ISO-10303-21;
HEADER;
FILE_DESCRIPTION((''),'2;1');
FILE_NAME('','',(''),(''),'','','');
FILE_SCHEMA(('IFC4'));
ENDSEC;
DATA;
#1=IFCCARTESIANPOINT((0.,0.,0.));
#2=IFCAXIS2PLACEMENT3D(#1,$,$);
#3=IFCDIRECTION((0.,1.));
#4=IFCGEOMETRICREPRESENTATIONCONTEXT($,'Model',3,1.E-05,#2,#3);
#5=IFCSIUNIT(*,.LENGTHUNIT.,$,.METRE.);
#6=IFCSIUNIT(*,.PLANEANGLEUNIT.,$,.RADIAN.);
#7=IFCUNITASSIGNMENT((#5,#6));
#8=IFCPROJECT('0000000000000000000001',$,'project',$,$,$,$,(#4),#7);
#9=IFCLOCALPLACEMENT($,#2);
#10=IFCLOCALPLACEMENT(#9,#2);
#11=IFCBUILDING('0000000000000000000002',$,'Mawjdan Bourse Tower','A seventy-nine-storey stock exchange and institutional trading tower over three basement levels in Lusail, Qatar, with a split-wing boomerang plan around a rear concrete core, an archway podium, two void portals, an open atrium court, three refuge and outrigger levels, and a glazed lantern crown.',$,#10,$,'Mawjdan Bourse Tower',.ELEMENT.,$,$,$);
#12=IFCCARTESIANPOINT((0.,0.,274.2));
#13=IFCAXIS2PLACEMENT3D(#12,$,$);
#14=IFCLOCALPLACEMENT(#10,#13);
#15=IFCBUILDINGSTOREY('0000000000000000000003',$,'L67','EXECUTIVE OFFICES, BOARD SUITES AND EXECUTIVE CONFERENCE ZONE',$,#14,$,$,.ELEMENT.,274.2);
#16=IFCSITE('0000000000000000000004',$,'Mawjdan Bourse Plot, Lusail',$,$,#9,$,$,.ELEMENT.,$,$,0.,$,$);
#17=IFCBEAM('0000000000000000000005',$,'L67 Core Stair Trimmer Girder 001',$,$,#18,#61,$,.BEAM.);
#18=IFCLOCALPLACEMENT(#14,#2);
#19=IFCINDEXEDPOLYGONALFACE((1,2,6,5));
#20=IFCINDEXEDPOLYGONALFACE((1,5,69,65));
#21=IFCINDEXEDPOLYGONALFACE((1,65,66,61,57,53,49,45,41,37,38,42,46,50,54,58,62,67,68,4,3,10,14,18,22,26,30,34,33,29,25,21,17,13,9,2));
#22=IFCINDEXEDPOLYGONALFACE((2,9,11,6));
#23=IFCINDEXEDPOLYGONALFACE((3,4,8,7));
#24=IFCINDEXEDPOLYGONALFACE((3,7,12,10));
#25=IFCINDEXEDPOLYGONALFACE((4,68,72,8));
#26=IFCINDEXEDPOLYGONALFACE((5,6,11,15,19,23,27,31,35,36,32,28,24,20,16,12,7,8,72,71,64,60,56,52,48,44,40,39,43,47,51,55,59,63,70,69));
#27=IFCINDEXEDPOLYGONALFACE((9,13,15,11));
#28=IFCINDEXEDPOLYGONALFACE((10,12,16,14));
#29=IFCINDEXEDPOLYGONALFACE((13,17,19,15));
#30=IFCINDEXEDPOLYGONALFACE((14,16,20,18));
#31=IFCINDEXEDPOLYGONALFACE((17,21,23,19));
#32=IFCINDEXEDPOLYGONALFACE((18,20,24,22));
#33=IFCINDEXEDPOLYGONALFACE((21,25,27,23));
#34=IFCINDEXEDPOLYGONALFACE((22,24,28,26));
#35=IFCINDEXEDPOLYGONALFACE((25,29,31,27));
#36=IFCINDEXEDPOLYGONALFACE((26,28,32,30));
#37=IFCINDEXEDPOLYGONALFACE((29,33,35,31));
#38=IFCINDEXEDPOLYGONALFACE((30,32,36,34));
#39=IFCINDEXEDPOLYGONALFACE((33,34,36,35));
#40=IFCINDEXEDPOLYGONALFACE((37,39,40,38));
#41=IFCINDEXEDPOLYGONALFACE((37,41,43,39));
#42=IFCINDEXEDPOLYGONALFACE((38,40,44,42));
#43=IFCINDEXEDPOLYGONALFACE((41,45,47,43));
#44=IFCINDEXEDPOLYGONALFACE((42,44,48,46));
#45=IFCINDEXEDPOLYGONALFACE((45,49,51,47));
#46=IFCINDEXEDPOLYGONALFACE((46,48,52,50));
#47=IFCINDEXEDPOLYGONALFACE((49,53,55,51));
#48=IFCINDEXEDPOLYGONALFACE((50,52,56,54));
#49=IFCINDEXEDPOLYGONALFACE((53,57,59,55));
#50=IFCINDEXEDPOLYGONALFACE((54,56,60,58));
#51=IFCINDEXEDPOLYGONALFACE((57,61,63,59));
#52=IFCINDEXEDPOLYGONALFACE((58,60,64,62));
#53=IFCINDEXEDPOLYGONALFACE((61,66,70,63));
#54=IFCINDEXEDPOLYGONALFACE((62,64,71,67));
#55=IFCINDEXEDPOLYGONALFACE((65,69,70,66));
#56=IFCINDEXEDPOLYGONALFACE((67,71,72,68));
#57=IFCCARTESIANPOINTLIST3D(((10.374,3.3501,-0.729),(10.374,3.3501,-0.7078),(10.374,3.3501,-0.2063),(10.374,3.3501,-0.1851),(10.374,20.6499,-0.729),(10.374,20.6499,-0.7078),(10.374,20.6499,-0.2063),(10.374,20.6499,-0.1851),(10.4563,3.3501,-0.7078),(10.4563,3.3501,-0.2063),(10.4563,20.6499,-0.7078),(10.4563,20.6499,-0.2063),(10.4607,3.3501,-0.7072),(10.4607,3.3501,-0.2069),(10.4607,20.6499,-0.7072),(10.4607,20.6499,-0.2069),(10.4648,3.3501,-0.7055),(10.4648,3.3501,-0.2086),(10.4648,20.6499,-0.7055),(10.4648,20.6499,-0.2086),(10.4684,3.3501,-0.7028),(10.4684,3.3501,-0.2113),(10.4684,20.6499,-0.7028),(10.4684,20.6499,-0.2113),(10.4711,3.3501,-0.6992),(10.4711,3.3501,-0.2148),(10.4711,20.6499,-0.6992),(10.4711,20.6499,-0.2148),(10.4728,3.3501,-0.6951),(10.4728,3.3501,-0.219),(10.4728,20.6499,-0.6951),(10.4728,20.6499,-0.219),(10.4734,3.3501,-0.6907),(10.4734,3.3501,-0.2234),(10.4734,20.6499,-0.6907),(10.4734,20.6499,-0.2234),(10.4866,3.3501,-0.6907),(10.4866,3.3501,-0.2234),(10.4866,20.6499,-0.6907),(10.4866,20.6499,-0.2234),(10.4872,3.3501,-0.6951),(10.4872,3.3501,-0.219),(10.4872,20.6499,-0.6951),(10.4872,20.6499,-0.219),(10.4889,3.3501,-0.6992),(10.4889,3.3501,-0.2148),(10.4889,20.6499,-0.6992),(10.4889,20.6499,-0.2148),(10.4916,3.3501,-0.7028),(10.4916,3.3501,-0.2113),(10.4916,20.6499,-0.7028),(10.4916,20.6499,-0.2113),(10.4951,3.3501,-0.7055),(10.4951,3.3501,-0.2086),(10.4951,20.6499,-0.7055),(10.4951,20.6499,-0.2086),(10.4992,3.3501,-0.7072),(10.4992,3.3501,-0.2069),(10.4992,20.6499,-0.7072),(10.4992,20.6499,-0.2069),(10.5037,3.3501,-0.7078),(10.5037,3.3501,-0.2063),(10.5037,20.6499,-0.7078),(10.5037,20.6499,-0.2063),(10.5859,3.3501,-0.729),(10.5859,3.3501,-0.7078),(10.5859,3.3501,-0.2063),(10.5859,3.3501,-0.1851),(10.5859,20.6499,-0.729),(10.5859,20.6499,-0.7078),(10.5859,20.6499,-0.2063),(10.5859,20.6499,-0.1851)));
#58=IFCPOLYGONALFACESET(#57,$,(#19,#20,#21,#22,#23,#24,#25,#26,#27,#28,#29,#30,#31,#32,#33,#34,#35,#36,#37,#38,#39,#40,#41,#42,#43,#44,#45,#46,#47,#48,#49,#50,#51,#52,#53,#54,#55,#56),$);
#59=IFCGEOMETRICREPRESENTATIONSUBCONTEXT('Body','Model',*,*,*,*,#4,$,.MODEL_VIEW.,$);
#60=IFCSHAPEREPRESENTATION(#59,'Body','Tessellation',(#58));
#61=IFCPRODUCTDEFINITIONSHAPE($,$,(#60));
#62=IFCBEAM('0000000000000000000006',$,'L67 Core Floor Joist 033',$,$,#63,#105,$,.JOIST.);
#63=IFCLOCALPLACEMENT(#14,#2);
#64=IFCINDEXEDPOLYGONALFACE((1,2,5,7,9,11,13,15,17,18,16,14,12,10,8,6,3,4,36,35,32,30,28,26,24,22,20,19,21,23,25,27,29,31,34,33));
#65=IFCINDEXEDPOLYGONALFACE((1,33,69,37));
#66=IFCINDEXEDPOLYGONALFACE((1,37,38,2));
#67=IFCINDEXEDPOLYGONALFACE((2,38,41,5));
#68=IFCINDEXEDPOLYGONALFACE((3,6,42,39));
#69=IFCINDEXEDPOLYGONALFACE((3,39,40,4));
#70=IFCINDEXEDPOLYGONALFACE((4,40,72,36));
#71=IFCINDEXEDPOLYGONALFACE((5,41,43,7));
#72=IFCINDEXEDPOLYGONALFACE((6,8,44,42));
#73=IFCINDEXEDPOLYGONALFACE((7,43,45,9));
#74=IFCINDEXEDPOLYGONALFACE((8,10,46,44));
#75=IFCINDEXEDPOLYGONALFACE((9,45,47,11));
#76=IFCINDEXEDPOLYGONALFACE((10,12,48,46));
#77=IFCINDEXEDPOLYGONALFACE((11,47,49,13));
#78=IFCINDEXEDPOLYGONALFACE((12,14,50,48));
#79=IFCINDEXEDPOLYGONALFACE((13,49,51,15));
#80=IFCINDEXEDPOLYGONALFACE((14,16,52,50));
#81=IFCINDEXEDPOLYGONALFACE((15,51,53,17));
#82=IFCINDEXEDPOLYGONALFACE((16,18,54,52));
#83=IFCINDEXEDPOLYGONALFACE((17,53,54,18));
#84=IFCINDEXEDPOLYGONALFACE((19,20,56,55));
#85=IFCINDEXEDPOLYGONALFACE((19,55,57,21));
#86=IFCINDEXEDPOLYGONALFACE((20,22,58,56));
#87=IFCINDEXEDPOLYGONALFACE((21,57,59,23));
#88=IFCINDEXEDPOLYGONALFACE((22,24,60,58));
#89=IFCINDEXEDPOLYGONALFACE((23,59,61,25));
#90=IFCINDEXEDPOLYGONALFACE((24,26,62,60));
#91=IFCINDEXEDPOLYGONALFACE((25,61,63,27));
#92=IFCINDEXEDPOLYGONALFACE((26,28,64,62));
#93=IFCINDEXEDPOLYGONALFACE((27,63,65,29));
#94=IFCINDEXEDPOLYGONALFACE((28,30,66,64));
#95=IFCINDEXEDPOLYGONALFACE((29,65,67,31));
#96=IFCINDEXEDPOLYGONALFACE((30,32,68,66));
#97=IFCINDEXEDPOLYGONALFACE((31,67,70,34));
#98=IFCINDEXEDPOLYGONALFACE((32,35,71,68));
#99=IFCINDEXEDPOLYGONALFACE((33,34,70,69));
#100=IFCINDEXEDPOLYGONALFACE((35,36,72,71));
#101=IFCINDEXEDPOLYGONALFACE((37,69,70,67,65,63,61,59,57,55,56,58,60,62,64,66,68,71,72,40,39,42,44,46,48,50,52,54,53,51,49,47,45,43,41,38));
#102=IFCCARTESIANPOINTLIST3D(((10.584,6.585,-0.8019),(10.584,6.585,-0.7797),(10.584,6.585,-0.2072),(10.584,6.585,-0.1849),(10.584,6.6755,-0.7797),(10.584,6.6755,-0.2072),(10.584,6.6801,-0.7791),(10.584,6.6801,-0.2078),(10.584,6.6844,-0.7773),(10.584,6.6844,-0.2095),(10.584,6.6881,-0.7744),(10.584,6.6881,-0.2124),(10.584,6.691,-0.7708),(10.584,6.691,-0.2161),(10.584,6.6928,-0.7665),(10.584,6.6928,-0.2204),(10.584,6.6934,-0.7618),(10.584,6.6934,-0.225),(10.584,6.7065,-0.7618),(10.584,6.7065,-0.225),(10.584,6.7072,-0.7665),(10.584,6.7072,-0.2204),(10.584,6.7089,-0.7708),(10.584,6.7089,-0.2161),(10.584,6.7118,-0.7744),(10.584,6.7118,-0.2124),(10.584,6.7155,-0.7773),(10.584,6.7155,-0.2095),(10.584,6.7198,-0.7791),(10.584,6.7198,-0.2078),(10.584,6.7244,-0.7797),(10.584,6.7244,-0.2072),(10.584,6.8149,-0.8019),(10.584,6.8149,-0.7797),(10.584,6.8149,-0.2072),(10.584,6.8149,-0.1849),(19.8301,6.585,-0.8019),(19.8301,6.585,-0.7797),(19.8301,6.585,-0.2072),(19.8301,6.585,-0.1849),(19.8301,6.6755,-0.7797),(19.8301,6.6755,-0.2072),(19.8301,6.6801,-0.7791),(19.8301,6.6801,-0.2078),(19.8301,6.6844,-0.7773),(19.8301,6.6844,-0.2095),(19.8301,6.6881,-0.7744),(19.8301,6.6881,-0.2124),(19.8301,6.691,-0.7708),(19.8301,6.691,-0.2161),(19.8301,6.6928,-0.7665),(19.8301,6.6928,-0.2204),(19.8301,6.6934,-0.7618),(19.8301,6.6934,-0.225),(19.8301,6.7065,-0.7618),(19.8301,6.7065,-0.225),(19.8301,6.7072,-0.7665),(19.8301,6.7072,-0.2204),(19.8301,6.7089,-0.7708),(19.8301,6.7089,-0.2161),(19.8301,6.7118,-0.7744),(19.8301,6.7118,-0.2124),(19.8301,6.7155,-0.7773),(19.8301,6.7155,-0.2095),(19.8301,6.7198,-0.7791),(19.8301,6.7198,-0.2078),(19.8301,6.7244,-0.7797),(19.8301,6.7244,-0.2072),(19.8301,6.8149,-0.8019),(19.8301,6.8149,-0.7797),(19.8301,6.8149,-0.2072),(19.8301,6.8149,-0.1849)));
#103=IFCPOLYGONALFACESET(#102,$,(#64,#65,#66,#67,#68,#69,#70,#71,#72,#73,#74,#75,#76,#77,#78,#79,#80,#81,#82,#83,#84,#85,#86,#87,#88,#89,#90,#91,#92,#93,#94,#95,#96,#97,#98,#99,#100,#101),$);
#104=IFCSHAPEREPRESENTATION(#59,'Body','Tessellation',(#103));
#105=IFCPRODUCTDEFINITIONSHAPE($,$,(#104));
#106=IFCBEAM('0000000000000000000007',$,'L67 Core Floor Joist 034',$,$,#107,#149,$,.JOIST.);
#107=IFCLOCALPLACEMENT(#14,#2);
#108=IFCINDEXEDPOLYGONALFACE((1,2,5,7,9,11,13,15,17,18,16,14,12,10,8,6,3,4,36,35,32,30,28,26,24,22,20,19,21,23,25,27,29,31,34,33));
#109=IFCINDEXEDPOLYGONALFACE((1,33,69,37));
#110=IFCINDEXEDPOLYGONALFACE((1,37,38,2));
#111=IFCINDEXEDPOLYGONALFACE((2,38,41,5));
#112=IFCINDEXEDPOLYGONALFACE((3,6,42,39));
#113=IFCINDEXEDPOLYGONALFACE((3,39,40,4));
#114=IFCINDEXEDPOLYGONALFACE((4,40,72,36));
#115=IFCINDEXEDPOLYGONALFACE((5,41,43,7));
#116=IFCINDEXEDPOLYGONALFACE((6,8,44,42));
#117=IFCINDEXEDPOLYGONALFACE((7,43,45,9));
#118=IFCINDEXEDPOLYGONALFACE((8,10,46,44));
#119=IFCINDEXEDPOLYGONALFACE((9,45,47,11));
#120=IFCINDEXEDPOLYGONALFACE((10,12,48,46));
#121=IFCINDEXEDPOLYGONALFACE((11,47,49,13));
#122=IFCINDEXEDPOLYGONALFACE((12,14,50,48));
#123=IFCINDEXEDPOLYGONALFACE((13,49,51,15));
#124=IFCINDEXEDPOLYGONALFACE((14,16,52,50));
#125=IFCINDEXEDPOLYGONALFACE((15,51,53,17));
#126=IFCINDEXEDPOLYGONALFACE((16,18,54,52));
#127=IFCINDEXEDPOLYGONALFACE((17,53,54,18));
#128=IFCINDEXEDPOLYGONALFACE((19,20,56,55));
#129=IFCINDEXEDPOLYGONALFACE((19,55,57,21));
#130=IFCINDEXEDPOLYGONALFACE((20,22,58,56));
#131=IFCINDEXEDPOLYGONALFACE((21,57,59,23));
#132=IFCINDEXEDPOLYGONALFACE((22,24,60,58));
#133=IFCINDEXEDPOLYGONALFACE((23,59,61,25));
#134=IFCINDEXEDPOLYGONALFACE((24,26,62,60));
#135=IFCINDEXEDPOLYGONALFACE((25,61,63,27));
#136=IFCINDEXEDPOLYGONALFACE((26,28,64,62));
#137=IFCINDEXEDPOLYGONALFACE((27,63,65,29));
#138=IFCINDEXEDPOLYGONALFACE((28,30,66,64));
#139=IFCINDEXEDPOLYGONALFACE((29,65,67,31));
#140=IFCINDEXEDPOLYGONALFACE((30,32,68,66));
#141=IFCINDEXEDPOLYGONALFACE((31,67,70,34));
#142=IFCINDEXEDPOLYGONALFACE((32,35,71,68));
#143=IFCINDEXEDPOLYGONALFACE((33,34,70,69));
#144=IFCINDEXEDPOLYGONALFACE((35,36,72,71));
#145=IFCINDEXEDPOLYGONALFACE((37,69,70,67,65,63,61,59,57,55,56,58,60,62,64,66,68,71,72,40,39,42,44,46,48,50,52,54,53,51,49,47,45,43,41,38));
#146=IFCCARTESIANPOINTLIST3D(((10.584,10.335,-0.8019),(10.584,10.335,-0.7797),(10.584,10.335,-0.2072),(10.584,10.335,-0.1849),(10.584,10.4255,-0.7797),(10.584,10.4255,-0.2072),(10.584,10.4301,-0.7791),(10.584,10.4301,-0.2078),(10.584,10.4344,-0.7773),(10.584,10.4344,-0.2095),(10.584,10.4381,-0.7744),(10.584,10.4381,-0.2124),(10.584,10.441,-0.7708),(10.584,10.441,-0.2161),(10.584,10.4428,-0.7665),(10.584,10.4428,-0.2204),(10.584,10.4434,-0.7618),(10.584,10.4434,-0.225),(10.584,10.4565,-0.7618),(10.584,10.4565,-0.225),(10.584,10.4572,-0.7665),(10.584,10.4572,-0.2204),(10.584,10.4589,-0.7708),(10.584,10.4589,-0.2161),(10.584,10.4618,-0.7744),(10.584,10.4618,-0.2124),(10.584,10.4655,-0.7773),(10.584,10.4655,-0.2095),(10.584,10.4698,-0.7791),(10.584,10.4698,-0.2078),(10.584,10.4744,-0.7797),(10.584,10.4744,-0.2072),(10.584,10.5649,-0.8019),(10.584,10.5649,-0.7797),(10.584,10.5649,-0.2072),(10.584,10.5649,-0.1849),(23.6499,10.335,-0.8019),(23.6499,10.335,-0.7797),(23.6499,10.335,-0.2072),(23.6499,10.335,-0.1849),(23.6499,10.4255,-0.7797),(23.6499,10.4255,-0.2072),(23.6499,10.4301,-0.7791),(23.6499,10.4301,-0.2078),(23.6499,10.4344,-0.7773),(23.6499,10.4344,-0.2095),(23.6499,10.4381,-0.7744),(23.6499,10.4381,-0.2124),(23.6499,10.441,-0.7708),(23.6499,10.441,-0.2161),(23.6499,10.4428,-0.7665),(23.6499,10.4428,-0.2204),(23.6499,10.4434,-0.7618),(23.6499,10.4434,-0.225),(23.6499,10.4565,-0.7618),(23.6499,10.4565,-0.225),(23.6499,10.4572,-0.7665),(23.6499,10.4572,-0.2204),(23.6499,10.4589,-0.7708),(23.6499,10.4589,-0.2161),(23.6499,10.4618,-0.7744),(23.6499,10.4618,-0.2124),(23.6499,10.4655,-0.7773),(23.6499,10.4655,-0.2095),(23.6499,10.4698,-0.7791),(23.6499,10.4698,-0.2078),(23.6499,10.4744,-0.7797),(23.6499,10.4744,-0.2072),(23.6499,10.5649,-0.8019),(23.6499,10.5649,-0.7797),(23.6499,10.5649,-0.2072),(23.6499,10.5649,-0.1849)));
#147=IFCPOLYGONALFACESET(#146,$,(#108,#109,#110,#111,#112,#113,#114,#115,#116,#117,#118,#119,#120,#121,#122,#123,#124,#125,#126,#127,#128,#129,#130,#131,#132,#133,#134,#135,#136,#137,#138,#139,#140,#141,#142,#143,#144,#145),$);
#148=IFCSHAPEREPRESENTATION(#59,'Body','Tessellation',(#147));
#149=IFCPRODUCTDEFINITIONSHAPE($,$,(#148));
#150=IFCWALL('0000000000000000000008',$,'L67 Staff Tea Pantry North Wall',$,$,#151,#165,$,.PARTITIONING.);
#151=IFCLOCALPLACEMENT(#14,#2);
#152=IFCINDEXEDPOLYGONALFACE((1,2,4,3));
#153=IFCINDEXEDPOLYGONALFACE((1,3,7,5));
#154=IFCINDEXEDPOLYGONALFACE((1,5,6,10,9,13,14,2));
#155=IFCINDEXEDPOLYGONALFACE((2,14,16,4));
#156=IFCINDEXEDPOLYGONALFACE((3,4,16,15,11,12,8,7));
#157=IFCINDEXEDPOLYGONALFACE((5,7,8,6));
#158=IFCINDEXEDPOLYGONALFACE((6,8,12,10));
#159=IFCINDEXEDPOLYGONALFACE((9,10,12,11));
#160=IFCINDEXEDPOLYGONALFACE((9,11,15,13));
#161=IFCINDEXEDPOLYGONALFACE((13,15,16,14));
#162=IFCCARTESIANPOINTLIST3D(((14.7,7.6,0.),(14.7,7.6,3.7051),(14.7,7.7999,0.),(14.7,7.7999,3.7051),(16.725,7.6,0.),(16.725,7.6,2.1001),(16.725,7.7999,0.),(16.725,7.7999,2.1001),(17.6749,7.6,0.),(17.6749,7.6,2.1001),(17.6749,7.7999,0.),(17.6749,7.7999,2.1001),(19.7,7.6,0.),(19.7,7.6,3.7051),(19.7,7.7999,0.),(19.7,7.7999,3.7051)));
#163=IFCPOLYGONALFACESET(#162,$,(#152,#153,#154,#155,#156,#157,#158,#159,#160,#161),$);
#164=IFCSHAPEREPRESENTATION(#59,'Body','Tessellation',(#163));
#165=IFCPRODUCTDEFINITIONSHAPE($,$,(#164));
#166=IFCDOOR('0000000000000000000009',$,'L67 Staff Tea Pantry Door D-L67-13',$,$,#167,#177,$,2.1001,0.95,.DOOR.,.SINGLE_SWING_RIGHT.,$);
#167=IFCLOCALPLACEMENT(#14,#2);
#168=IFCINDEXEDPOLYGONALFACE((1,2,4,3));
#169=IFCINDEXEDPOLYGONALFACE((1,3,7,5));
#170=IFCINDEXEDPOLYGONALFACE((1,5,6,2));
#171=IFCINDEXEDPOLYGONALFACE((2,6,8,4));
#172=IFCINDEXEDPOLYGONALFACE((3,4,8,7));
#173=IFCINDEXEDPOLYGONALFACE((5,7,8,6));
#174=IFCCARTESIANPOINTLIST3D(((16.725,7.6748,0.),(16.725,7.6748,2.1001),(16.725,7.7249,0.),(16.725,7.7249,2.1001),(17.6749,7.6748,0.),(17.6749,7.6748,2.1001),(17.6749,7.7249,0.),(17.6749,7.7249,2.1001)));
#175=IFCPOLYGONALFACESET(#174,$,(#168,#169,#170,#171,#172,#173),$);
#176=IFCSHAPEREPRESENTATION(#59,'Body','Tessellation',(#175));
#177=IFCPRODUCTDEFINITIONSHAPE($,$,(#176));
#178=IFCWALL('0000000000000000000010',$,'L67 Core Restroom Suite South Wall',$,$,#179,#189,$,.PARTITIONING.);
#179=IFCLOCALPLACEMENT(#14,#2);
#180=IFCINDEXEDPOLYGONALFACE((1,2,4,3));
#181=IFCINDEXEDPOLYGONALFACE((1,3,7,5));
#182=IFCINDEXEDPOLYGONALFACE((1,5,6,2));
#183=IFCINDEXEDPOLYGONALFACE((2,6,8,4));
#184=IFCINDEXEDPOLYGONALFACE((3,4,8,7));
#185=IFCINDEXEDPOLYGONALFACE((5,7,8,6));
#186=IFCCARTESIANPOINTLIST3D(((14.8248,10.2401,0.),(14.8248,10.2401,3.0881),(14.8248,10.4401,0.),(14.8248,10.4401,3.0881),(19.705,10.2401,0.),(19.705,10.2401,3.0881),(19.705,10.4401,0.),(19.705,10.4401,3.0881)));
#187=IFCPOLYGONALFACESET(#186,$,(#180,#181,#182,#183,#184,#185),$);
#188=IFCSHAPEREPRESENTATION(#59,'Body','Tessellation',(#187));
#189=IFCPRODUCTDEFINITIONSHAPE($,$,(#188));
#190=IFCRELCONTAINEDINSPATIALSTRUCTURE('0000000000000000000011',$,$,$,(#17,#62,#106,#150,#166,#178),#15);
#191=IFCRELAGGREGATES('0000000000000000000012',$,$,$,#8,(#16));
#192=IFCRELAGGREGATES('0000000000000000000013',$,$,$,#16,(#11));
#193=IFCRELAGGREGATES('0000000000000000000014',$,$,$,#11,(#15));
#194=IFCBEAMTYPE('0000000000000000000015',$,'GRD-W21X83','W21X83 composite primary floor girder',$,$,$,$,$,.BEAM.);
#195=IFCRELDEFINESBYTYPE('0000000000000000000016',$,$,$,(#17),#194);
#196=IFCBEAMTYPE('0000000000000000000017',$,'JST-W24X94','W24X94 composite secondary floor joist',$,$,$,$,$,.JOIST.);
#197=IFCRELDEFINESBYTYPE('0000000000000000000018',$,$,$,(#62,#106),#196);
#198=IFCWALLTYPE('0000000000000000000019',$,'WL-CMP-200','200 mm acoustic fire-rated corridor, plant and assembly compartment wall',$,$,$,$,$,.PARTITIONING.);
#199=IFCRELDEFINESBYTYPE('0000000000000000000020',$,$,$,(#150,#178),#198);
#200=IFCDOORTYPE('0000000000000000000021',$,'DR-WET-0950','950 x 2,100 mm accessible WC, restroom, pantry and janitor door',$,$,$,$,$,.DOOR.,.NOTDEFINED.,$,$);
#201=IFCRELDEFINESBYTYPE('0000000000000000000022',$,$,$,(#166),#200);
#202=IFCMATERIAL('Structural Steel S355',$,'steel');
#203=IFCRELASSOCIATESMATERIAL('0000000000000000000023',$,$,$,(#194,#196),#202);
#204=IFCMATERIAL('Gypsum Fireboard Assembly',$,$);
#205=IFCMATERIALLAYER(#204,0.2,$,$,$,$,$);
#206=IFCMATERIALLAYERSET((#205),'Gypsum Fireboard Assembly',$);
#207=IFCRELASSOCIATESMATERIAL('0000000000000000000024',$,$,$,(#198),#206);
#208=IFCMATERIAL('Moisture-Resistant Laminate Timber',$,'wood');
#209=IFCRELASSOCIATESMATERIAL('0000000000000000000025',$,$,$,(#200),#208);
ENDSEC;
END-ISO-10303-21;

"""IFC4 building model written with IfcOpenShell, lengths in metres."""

from ifc_helpers import new_model, si_unit, direction, frame, frame_2d, origin, origin_2d, place, context, subcontext, project, spatial, rectangle, i_section, extrude, material, layer, layer_set, material_profile, profile_set, type_object, element, fill, save


model = new_model("IFC4")

# Units and contexts
model_context = context("Model", 3, precision=1e-05, world=origin(), true_north=direction((0.0, 1.0)))
body_context = subcontext(model_context, "Body", "Model", "MODEL_VIEW")
ifc_project = project(units=[si_unit("LENGTHUNIT", "METRE"), si_unit("PLANEANGLEUNIT", "RADIAN")], contexts=[model_context])

# Site, building, storey
site_placement = place(None, origin())
site = spatial("IfcSite", under=ifc_project, at=site_placement, Name="Mawjdan Bourse Plot, Lusail", CompositionType="ELEMENT", RefElevation=0.0)
building_placement = place(site_placement, origin())
building = spatial("IfcBuilding", under=site, at=building_placement, Name="Mawjdan Bourse Tower", Description="A seventy-nine-storey stock exchange and institutional trading tower over three basement levels in Lusail, Qatar, with a split-wing boomerang plan around a rear concrete core, an archway podium, two void portals, an open atrium court, three refuge and outrigger levels, and a glazed lantern crown.", LongName="Mawjdan Bourse Tower", CompositionType="ELEMENT")
storey_placement = place(building_placement, frame((0.0, 0.0, 274.2)))
storey = spatial("IfcBuildingStorey", under=building, at=storey_placement, Name="L67", Description="EXECUTIVE OFFICES, BOARD SUITES AND EXECUTIVE CONFERENCE ZONE", CompositionType="ELEMENT", Elevation=274.2)

# Beams
ifc_material_1 = material(Name="Structural Steel S355", Category="steel")
ifc_material_profile_1 = material_profile(ifc_material_1, i_section(OverallWidth=0.2119, OverallDepth=0.5439, WebThickness=0.0132, FlangeThickness=0.0212, FilletRadius=0.0171, at=origin_2d()), Name="W21X83")
ifc_profile_set_1 = profile_set([ifc_material_profile_1], Name="Structural Steel S355")
beam_type_1 = type_object("IfcBeamType", Name="GRD-W21X83", Description="W21X83 composite primary floor girder", PredefinedType="BEAM", material=ifc_profile_set_1)
beam_1_placement = place(storey_placement, frame((10.48, 3.3501, -0.457), z_axis=(0.0, 1.0, 0.0), x_axis=(-1.0, 0.0, 0.0)))
element("IfcBeam", 1, at=beam_1_placement, inside=storey, type_object=beam_type_1, Name="L67 Core Stair Trimmer Girder 001", PredefinedType="BEAM", context=body_context, shape_type="SweptSolid", body=[
    extrude(i_section(OverallWidth=0.2119, OverallDepth=0.5439, WebThickness=0.0132, FlangeThickness=0.0212, FilletRadius=0.0171, at=origin_2d()), origin(), (0.0, 0.0, 1.0), 17.2998),
])
ifc_material_profile_2 = material_profile(ifc_material_1, i_section(OverallWidth=0.23, OverallDepth=0.6169, WebThickness=0.0132, FlangeThickness=0.0222, FilletRadius=0.0178, at=origin_2d()), Name="W24X94")
ifc_profile_set_2 = profile_set([ifc_material_profile_2], Name="Structural Steel S355")
beam_type_2 = type_object("IfcBeamType", Name="JST-W24X94", Description="W24X94 composite secondary floor joist", PredefinedType="JOIST", material=ifc_profile_set_2)
beam_2_placement = place(storey_placement, frame((10.584, 6.7, -0.4934), z_axis=(1.0, 0.0, 0.0), x_axis=(0.0, 1.0, 0.0)))
element("IfcBeam", 2, at=beam_2_placement, inside=storey, type_object=beam_type_2, Name="L67 Core Floor Joist 033", PredefinedType="JOIST", context=body_context, shape_type="SweptSolid", body=[
    extrude(i_section(OverallWidth=0.23, OverallDepth=0.6169, WebThickness=0.0132, FlangeThickness=0.0222, FilletRadius=0.0178, at=origin_2d()), origin(), (0.0, 0.0, 1.0), 9.2461),
])
beam_3_placement = place(storey_placement, frame((10.584, 10.45, -0.4934), z_axis=(1.0, 0.0, 0.0), x_axis=(0.0, 1.0, 0.0)))
element("IfcBeam", 3, at=beam_3_placement, inside=storey, type_object=beam_type_2, Name="L67 Core Floor Joist 034", PredefinedType="JOIST", context=body_context, shape_type="SweptSolid", body=[
    extrude(i_section(OverallWidth=0.23, OverallDepth=0.6169, WebThickness=0.0132, FlangeThickness=0.0222, FilletRadius=0.0178, at=origin_2d()), origin(), (0.0, 0.0, 1.0), 13.0659),
])

# Wall, opening, door
ifc_material_2 = material(Name="Gypsum Fireboard Assembly")
ifc_layer_1 = layer(ifc_material_2, 0.2)
ifc_layer_set_1 = layer_set([ifc_layer_1], Name="Gypsum Fireboard Assembly")
wall_type_1 = type_object("IfcWallType", Name="WL-CMP-200", Description="200 mm acoustic fire-rated corridor, plant and assembly compartment wall", PredefinedType="PARTITIONING", material=ifc_layer_set_1)
wall_1_placement = place(storey_placement, frame((14.7, 7.7, 0.0), z_axis=(0.0, 0.0, 1.0), x_axis=(1.0, 0.0, 0.0)))
wall_1 = element("IfcWall", 4, at=wall_1_placement, inside=storey, type_object=wall_type_1, Name="L67 Staff Tea Pantry North Wall", PredefinedType="PARTITIONING", context=body_context, shape_type="SweptSolid", body=[
    extrude(rectangle(XDim=5.0, YDim=0.2, at=frame_2d((2.5, 0.0))), origin(), (0.0, 0.0, 1.0), 3.7051),
])
opening_1_placement = place(wall_1_placement, frame((2.0249, 0.0, 0.0)))
opening_1 = element("IfcOpeningElement", 5, at=opening_1_placement, cuts=wall_1, PredefinedType="OPENING", context=body_context, shape_type="SweptSolid", body=[
    extrude(rectangle(XDim=0.95, YDim=2.1001, at=frame_2d((0.4751, 1.05))), frame((0.0, 0.1099, 0.0), z_axis=(0.0, -1.0, 0.0), x_axis=(1.0, 0.0, 0.0)), (0.0, 0.0, 1.0), 0.22),
])
ifc_material_3 = material(Name="Moisture-Resistant Laminate Timber", Category="wood")
door_type_1 = type_object("IfcDoorType", Name="DR-WET-0950", Description="950 x 2,100 mm accessible WC, restroom, pantry and janitor door", OperationType="NOTDEFINED", PredefinedType="DOOR", material=ifc_material_3)
door_1_placement = place(opening_1_placement, origin())
door_1 = element("IfcDoor", 6, at=door_1_placement, inside=storey, type_object=door_type_1, Name="L67 Staff Tea Pantry Door D-L67-13", OperationType="SINGLE_SWING_RIGHT", OverallHeight=2.1001, OverallWidth=0.95, PredefinedType="DOOR", context=body_context, shape_type="SweptSolid", body=[
    extrude(rectangle(XDim=0.95, YDim=2.1001, at=frame_2d((0.4751, 1.05))), frame((0.0, 0.0249, 0.0), z_axis=(0.0, -1.0, 0.0), x_axis=(1.0, 0.0, 0.0)), (0.0, 0.0, 1.0), 0.05),
])
fill(opening_1, door_1)

# Wall
wall_2_placement = place(storey_placement, frame((14.825, 10.3401, 0.0), z_axis=(0.0, 0.0, 1.0), x_axis=(1.0, 0.0, 0.0)))
element("IfcWall", 7, at=wall_2_placement, inside=storey, type_object=wall_type_1, Name="L67 Core Restroom Suite South Wall", PredefinedType="PARTITIONING", context=body_context, shape_type="SweptSolid", body=[
    extrude(rectangle(XDim=4.8801, YDim=0.2, at=frame_2d((2.4399, 0.0))), origin(), (0.0, 0.0, 1.0), 3.0881),
])

save(model, "model.ifc")
